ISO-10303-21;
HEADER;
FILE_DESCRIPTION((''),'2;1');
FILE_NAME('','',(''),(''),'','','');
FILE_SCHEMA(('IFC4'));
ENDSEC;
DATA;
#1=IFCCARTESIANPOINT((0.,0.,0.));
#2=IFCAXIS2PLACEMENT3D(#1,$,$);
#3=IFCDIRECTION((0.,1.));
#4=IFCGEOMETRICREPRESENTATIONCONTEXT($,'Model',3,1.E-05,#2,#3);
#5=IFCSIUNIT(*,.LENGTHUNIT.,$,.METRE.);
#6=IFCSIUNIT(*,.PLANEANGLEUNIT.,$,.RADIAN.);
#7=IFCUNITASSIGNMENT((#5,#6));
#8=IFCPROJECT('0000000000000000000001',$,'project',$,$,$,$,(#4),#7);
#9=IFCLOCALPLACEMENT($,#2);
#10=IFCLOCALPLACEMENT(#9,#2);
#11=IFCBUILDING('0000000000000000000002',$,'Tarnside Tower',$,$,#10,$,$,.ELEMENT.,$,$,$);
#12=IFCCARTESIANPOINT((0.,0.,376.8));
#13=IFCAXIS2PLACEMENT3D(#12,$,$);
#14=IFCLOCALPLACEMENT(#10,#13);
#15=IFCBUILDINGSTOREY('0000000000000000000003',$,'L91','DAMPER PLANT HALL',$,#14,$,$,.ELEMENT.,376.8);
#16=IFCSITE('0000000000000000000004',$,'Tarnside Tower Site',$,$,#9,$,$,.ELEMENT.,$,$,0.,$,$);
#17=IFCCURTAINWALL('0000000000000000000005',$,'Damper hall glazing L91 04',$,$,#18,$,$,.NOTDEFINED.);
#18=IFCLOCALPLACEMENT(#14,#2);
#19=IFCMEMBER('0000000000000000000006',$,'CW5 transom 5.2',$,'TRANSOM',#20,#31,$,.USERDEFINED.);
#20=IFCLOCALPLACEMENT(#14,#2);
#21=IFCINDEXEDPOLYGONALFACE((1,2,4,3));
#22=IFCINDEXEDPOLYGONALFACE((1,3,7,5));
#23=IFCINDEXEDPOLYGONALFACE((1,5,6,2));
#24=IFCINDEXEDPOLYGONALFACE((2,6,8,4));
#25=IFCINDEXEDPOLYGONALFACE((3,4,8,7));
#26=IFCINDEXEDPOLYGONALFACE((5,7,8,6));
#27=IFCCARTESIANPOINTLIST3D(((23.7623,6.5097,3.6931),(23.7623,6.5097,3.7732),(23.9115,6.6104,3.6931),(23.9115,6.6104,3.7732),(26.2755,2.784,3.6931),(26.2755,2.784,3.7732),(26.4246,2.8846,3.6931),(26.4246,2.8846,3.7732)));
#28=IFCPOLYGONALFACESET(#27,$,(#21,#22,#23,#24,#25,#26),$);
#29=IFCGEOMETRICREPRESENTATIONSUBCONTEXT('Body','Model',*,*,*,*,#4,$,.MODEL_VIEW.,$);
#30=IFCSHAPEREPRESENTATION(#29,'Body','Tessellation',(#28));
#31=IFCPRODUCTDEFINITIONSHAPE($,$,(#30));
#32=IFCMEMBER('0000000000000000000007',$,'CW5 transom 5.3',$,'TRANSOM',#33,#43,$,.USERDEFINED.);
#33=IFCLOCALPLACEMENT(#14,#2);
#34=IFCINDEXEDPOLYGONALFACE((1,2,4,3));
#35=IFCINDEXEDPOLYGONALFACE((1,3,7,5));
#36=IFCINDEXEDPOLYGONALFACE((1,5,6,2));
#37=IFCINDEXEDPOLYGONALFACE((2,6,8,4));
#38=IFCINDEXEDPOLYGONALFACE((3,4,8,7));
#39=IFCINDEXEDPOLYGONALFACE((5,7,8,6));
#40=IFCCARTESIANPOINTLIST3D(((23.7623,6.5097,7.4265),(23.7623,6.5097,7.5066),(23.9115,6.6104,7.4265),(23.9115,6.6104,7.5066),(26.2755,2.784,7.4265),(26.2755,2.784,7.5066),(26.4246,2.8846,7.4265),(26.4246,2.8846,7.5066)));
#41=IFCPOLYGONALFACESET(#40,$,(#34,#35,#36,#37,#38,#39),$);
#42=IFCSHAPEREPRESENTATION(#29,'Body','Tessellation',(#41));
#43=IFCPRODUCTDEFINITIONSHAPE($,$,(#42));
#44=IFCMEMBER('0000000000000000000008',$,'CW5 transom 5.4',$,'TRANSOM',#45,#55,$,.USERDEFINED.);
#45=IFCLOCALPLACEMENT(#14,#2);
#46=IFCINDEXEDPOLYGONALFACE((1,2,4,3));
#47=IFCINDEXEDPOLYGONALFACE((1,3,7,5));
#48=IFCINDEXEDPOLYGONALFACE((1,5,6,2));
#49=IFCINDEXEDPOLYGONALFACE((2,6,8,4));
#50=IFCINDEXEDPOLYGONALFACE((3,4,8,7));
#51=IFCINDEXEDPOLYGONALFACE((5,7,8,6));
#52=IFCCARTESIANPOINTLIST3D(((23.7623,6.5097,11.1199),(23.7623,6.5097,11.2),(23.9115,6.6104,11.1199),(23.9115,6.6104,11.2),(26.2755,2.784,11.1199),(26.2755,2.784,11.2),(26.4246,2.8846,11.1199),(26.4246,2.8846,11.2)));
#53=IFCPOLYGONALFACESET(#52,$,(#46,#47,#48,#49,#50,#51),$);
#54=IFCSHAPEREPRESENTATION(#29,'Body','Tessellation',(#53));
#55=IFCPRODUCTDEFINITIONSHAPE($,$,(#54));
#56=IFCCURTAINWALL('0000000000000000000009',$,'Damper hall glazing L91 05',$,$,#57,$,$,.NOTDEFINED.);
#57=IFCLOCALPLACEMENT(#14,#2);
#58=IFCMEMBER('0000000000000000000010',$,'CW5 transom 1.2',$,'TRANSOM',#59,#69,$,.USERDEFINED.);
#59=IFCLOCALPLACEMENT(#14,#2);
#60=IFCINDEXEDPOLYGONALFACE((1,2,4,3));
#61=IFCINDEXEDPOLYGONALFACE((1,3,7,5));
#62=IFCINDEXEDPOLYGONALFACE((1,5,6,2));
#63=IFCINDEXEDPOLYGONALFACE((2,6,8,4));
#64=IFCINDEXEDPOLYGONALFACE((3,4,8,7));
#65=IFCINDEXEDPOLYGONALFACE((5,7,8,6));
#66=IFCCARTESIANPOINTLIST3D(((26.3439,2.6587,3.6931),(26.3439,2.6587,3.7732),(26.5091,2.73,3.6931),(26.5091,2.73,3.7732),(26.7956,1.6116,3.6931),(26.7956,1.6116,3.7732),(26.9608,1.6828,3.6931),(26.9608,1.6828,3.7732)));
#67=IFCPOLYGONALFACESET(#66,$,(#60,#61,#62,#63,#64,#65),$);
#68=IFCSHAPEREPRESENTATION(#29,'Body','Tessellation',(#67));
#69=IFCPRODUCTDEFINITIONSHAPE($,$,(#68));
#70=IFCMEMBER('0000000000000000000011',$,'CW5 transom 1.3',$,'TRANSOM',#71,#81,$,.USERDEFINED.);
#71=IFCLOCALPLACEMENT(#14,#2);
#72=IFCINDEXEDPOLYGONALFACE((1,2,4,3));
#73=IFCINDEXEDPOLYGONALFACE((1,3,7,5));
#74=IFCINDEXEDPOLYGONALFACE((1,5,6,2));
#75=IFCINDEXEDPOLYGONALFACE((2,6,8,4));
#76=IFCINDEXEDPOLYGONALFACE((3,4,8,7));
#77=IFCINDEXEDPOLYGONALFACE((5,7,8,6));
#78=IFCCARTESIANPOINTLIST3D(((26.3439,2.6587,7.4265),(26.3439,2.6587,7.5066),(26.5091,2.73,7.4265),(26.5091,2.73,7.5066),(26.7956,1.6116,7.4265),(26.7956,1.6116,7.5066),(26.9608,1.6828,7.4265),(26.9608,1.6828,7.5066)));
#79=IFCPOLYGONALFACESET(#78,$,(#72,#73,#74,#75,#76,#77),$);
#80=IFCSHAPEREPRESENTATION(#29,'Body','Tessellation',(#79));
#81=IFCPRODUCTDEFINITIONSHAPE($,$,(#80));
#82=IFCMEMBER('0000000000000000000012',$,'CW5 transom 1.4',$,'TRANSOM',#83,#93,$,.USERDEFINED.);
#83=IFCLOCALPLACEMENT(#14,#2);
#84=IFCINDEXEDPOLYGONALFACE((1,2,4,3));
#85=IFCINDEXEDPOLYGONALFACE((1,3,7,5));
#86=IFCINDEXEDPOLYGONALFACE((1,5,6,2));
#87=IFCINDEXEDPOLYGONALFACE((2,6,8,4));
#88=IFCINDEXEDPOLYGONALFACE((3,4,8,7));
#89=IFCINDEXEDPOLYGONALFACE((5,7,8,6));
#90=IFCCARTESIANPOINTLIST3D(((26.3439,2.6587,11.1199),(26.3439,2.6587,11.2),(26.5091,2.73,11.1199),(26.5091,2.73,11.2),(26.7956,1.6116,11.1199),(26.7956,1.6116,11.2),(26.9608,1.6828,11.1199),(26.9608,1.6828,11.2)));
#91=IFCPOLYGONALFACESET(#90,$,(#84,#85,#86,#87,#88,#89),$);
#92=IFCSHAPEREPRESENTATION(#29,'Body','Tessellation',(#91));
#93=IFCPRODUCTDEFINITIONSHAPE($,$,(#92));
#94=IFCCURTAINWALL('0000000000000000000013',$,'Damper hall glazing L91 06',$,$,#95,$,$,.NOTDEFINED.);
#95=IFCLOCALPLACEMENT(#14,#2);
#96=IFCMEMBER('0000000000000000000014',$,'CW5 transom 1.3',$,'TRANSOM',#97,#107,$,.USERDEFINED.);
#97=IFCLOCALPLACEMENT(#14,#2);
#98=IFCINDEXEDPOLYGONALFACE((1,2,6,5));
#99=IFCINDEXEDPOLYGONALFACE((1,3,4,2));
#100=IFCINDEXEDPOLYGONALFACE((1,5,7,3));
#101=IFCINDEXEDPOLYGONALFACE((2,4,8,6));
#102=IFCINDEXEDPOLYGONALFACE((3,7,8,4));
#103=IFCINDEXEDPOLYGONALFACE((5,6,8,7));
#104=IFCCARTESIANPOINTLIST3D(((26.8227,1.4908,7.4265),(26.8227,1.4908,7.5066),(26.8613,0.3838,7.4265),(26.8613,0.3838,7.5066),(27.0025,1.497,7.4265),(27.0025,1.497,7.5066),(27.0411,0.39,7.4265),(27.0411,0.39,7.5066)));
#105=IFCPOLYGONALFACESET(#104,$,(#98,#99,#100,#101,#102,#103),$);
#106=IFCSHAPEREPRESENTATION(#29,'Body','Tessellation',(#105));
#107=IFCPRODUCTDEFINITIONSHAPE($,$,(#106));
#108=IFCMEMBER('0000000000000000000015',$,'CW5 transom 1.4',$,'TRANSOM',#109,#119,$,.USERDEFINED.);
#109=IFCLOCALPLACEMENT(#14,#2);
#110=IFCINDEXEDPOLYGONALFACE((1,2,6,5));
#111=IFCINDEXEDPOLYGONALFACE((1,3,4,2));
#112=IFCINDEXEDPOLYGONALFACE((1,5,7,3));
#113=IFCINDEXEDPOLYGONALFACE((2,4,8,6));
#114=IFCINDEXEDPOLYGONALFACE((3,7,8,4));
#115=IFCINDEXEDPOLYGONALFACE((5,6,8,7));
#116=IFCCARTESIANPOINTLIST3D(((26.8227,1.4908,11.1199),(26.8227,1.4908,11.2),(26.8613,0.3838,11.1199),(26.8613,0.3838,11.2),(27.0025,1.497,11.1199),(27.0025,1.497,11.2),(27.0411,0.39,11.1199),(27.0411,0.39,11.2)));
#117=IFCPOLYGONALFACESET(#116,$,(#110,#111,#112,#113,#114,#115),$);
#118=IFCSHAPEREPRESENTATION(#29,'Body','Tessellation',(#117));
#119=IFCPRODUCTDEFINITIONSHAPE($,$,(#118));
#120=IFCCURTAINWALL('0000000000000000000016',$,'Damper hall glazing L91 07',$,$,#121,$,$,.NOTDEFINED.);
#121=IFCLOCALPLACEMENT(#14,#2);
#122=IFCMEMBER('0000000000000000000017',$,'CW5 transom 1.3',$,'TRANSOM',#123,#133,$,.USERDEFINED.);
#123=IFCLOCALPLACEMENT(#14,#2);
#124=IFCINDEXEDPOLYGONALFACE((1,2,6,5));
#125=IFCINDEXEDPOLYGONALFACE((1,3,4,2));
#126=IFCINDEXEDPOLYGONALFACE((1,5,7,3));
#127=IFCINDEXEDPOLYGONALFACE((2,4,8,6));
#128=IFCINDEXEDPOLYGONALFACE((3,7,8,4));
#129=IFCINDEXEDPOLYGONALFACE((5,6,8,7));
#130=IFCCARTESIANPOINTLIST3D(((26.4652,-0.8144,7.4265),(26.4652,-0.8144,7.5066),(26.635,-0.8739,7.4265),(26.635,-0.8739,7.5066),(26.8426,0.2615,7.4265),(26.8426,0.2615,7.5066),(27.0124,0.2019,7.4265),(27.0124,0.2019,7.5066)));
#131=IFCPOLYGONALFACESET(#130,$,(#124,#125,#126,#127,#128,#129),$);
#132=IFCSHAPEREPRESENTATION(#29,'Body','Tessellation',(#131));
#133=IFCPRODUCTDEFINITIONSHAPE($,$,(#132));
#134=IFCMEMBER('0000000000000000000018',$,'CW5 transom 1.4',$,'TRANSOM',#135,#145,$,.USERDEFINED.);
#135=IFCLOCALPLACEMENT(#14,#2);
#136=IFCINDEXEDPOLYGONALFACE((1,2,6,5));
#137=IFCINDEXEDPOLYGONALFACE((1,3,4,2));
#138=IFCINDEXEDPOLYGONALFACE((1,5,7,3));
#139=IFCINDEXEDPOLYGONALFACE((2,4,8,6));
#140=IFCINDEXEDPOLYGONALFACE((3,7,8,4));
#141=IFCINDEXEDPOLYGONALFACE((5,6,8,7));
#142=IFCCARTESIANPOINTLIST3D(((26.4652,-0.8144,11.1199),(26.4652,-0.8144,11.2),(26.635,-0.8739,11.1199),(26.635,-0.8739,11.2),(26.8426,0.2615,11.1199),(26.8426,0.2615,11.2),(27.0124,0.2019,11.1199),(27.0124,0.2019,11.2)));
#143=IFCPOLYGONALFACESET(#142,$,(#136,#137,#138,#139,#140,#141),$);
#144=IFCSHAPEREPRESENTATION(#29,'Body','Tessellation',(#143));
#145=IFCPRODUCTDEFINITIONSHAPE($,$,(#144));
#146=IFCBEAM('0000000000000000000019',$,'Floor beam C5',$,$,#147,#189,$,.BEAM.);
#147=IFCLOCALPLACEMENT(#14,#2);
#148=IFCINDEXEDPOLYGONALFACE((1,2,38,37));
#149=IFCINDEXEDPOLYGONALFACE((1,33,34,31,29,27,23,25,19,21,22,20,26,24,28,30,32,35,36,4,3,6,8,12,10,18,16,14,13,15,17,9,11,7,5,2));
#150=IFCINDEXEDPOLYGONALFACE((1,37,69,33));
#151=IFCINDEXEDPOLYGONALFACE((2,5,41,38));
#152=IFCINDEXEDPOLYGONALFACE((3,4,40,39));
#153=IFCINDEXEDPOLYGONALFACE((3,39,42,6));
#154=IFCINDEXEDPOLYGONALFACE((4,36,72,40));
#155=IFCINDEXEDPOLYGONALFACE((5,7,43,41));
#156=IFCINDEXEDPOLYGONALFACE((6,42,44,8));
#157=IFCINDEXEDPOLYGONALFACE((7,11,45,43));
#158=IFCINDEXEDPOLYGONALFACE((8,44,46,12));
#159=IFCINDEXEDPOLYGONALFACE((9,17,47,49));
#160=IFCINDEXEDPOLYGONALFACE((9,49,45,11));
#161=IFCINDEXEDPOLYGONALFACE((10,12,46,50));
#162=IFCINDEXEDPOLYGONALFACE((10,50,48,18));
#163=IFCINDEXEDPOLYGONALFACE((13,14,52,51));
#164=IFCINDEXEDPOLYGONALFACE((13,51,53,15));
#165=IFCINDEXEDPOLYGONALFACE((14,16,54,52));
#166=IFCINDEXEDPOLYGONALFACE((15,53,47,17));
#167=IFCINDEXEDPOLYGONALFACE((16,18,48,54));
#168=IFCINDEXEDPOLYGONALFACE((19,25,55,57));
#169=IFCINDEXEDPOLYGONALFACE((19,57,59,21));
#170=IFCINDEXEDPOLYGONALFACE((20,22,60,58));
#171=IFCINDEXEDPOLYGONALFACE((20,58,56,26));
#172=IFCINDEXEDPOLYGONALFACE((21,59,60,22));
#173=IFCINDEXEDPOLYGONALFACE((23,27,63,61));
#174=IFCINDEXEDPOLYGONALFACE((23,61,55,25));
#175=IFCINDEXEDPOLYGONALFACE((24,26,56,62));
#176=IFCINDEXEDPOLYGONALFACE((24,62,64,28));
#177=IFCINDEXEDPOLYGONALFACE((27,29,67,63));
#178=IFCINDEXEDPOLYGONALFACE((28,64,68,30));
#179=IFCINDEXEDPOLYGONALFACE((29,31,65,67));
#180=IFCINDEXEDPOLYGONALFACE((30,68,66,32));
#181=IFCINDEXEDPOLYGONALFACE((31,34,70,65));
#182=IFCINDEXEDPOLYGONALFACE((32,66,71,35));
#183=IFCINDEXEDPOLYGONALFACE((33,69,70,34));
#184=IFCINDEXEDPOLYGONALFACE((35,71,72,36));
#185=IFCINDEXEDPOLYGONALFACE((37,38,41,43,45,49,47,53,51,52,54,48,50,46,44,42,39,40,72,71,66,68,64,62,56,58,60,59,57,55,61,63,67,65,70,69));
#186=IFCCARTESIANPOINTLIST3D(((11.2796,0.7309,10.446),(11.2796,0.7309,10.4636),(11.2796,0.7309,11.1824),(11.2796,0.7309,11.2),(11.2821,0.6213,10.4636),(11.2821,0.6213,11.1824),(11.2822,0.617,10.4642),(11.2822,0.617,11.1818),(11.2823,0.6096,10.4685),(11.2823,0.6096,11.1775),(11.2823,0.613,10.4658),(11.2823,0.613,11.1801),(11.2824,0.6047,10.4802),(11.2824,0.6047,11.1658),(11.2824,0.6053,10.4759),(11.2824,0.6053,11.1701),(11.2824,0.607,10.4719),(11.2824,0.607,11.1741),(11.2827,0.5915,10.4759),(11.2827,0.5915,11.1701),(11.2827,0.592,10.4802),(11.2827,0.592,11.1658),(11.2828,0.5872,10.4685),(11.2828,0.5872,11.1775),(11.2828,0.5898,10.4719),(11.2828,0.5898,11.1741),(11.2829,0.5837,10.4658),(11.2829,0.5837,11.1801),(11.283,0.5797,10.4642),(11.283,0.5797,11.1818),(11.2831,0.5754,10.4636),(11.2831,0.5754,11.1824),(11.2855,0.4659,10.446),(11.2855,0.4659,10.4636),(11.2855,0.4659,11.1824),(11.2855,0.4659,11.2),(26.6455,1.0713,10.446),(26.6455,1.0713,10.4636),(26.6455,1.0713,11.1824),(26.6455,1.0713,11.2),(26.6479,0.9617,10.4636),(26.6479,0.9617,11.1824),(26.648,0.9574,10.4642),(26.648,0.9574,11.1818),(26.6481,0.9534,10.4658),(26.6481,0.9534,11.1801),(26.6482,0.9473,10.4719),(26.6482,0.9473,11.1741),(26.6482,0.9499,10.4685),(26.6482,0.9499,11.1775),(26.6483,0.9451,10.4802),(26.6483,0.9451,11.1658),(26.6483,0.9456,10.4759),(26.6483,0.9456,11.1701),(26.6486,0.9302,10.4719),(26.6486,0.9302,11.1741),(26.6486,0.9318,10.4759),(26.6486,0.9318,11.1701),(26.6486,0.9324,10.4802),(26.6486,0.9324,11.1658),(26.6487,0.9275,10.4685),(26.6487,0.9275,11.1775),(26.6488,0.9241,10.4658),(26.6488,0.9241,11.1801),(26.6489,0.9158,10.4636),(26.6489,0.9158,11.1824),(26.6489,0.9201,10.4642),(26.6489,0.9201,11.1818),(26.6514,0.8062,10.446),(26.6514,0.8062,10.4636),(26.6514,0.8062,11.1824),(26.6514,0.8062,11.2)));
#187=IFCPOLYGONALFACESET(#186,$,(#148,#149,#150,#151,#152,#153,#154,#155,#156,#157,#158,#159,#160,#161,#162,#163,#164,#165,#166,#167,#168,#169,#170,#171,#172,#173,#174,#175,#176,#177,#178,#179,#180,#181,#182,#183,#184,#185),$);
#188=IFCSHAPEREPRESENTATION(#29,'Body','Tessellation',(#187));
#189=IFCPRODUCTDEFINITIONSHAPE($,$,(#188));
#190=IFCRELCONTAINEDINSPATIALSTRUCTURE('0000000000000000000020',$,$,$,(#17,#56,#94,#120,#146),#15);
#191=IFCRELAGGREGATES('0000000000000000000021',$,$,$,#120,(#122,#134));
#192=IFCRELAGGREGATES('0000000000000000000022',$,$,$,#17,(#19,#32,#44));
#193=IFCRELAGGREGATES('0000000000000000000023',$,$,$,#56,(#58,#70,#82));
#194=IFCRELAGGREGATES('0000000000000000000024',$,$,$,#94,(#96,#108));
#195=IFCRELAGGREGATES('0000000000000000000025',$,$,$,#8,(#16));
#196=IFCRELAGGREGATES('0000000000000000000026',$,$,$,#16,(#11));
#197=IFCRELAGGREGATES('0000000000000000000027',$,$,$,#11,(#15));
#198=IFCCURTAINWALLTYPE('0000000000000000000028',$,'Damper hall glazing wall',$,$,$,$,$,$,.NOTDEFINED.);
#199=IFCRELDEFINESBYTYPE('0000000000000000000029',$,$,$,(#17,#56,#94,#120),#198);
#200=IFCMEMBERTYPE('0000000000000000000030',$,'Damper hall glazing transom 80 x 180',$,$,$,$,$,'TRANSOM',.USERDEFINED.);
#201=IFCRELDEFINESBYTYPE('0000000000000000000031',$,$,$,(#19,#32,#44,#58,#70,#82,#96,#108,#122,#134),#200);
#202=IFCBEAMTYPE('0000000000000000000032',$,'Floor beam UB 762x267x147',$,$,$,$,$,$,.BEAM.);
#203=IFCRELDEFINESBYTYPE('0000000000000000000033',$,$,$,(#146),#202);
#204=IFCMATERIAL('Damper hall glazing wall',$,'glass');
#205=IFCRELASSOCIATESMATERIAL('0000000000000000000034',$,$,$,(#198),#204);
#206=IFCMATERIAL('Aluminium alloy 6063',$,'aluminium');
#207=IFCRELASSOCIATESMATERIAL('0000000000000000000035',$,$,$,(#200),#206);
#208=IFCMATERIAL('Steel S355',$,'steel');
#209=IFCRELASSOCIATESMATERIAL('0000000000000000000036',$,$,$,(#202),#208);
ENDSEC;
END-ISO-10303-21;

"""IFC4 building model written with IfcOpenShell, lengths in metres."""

from ifc_helpers import new_model, si_unit, direction, frame, origin, origin_2d, place, context, subcontext, project, spatial, rectangle, i_section, extrude, material, material_profile, profile_set, type_object, element, aggregate, save


model = new_model("IFC4")

# Units and contexts
model_context = context("Model", 3, precision=1e-05, world=origin(), true_north=direction((0.0, 1.0)))
body_context = subcontext(model_context, "Body", "Model", "MODEL_VIEW")
ifc_project = project(units=[si_unit("LENGTHUNIT", "METRE"), si_unit("PLANEANGLEUNIT", "RADIAN")], contexts=[model_context])

# Site, building, storey
site_placement = place(None, origin())
site = spatial("IfcSite", under=ifc_project, at=site_placement, Name="Tarnside Tower Site", CompositionType="ELEMENT", RefElevation=0.0)
building_placement = place(site_placement, origin())
building = spatial("IfcBuilding", under=site, at=building_placement, Name="Tarnside Tower", CompositionType="ELEMENT")
storey_placement = place(building_placement, frame((0.0, 0.0, 376.8)))
storey = spatial("IfcBuildingStorey", under=building, at=storey_placement, Name="L91", Description="DAMPER PLANT HALL", CompositionType="ELEMENT", Elevation=376.8)

# Curtain walls, members
ifc_material_1 = material(Name="Damper hall glazing wall", Category="glass")
curtain_wall_type = type_object("IfcCurtainWallType", Name="Damper hall glazing wall", PredefinedType="NOTDEFINED", material=ifc_material_1)
curtain_wall_1_placement = place(storey_placement, origin())
curtain_wall_1 = element("IfcCurtainWall", 1, at=curtain_wall_1_placement, inside=storey, type_object=curtain_wall_type, Name="Damper hall glazing L91 04", PredefinedType="NOTDEFINED")
ifc_material_2 = material(Name="Aluminium alloy 6063", Category="aluminium")
ifc_material_profile_1 = material_profile(ifc_material_2, rectangle(XDim=0.1799, YDim=0.0801, at=origin_2d()), Name="Damper hall glazing transom 80 x 180")
ifc_profile_set_1 = profile_set([ifc_material_profile_1], Name="Aluminium alloy 6063")
member_type = type_object("IfcMemberType", Name="Damper hall glazing transom 80 x 180", ElementType="TRANSOM", PredefinedType="USERDEFINED", material=ifc_profile_set_1)
member_1_placement = place(storey_placement, frame((23.8369, 6.5601, 3.7332), z_axis=(0.559205, -0.829029, 0.0), x_axis=(0.829029, 0.559205, 0.0)))
member_1 = element("IfcMember", 2, at=member_1_placement, type_object=member_type, Name="CW5 transom 5.2", ObjectType="TRANSOM", PredefinedType="USERDEFINED", context=body_context, shape_type="SweptSolid", body=[
    extrude(rectangle(XDim=0.1799, YDim=0.0801, at=origin_2d()), origin(), (0.0, 0.0, 1.0), 4.4941),
])
member_2_placement = place(storey_placement, frame((23.8369, 6.5601, 7.4666), z_axis=(0.559205, -0.829029, 0.0), x_axis=(0.829029, 0.559205, 0.0)))
member_2 = element("IfcMember", 3, at=member_2_placement, type_object=member_type, Name="CW5 transom 5.3", ObjectType="TRANSOM", PredefinedType="USERDEFINED", context=body_context, shape_type="SweptSolid", body=[
    extrude(rectangle(XDim=0.1799, YDim=0.0801, at=origin_2d()), origin(), (0.0, 0.0, 1.0), 4.4941),
])
member_3_placement = place(storey_placement, frame((23.8369, 6.5601, 11.1599), z_axis=(0.559205, -0.829029, 0.0), x_axis=(0.829029, 0.559205, 0.0)))
member_3 = element("IfcMember", 4, at=member_3_placement, type_object=member_type, Name="CW5 transom 5.4", ObjectType="TRANSOM", PredefinedType="USERDEFINED", context=body_context, shape_type="SweptSolid", body=[
    extrude(rectangle(XDim=0.1799, YDim=0.0801, at=origin_2d()), origin(), (0.0, 0.0, 1.0), 4.4941),
])
curtain_wall_2_placement = place(storey_placement, origin())
curtain_wall_2 = element("IfcCurtainWall", 5, at=curtain_wall_2_placement, inside=storey, type_object=curtain_wall_type, Name="Damper hall glazing L91 05", PredefinedType="NOTDEFINED")
member_4_placement = place(storey_placement, frame((26.4265, 2.6943, 3.7332), z_axis=(0.396063, -0.918223, 0.0), x_axis=(0.918223, 0.396063, 0.0)))
member_4 = element("IfcMember", 6, at=member_4_placement, type_object=member_type, Name="CW5 transom 1.2", ObjectType="TRANSOM", PredefinedType="USERDEFINED", context=body_context, shape_type="SweptSolid", body=[
    extrude(rectangle(XDim=0.1799, YDim=0.0801, at=origin_2d()), origin(), (0.0, 0.0, 1.0), 1.1404),
])
member_5_placement = place(storey_placement, frame((26.4265, 2.6943, 7.4666), z_axis=(0.396063, -0.918223, 0.0), x_axis=(0.918223, 0.396063, 0.0)))
member_5 = element("IfcMember", 7, at=member_5_placement, type_object=member_type, Name="CW5 transom 1.3", ObjectType="TRANSOM", PredefinedType="USERDEFINED", context=body_context, shape_type="SweptSolid", body=[
    extrude(rectangle(XDim=0.1799, YDim=0.0801, at=origin_2d()), origin(), (0.0, 0.0, 1.0), 1.1404),
])
member_6_placement = place(storey_placement, frame((26.4265, 2.6943, 11.1599), z_axis=(0.396063, -0.918223, 0.0), x_axis=(0.918223, 0.396063, 0.0)))
member_6 = element("IfcMember", 8, at=member_6_placement, type_object=member_type, Name="CW5 transom 1.4", ObjectType="TRANSOM", PredefinedType="USERDEFINED", context=body_context, shape_type="SweptSolid", body=[
    extrude(rectangle(XDim=0.1799, YDim=0.0801, at=origin_2d()), origin(), (0.0, 0.0, 1.0), 1.1404),
])
curtain_wall_3_placement = place(storey_placement, origin())
curtain_wall_3 = element("IfcCurtainWall", 9, at=curtain_wall_3_placement, inside=storey, type_object=curtain_wall_type, Name="Damper hall glazing L91 06", PredefinedType="NOTDEFINED")
member_7_placement = place(storey_placement, frame((26.9126, 1.4939, 7.4666), z_axis=(0.034827, -0.999393, 0.0), x_axis=(0.999393, 0.034827, 0.0)))
member_7 = element("IfcMember", 10, at=member_7_placement, type_object=member_type, Name="CW5 transom 1.3", ObjectType="TRANSOM", PredefinedType="USERDEFINED", context=body_context, shape_type="SweptSolid", body=[
    extrude(rectangle(XDim=0.1799, YDim=0.0801, at=origin_2d()), origin(), (0.0, 0.0, 1.0), 1.1077),
])
member_8_placement = place(storey_placement, frame((26.9126, 1.4939, 11.1599), z_axis=(0.034827, -0.999393, 0.0), x_axis=(0.999393, 0.034827, 0.0)))
member_8 = element("IfcMember", 11, at=member_8_placement, type_object=member_type, Name="CW5 transom 1.4", ObjectType="TRANSOM", PredefinedType="USERDEFINED", context=body_context, shape_type="SweptSolid", body=[
    extrude(rectangle(XDim=0.1799, YDim=0.0801, at=origin_2d()), origin(), (0.0, 0.0, 1.0), 1.1077),
])
curtain_wall_4_placement = place(storey_placement, origin())
curtain_wall_4 = element("IfcCurtainWall", 12, at=curtain_wall_4_placement, inside=storey, type_object=curtain_wall_type, Name="Damper hall glazing L91 07", PredefinedType="NOTDEFINED")
member_9_placement = place(storey_placement, frame((26.9275, 0.2317, 7.4666), z_axis=(-0.331028, -0.943621, 0.0), x_axis=(0.943621, -0.331028, 0.0)))
member_9 = element("IfcMember", 13, at=member_9_placement, type_object=member_type, Name="CW5 transom 1.3", ObjectType="TRANSOM", PredefinedType="USERDEFINED", context=body_context, shape_type="SweptSolid", body=[
    extrude(rectangle(XDim=0.1799, YDim=0.0801, at=origin_2d()), origin(), (0.0, 0.0, 1.0), 1.1401),
])
member_10_placement = place(storey_placement, frame((26.9275, 0.2317, 11.1599), z_axis=(-0.331028, -0.943621, 0.0), x_axis=(0.943621, -0.331028, 0.0)))
member_10 = element("IfcMember", 14, at=member_10_placement, type_object=member_type, Name="CW5 transom 1.4", ObjectType="TRANSOM", PredefinedType="USERDEFINED", context=body_context, shape_type="SweptSolid", body=[
    extrude(rectangle(XDim=0.1799, YDim=0.0801, at=origin_2d()), origin(), (0.0, 0.0, 1.0), 1.1401),
])
aggregate(curtain_wall_4, [member_9, member_10])

# Beam
ifc_material_3 = material(Name="Steel S355", Category="steel")
ifc_material_profile_2 = material_profile(ifc_material_3, i_section(OverallWidth=0.2651, OverallDepth=0.7539, WebThickness=0.0127, FlangeThickness=0.0176, FilletRadius=0.0166, at=origin_2d()), Name="UB 762x267x147")
ifc_profile_set_2 = profile_set([ifc_material_profile_2], Name="Steel S355")
beam_type_1 = type_object("IfcBeamType", Name="Floor beam UB 762x267x147", PredefinedType="BEAM", material=ifc_profile_set_2)
beam_1_placement = place(storey_placement, frame((26.6484, 0.9387, 10.823), z_axis=(-0.999755, -0.022143, 0.0), x_axis=(0.022143, -0.999755, 0.0)))
element("IfcBeam", 15, at=beam_1_placement, inside=storey, type_object=beam_type_1, Name="Floor beam C5", PredefinedType="BEAM", context=body_context, shape_type="SweptSolid", body=[
    extrude(i_section(OverallWidth=0.2651, OverallDepth=0.7539, WebThickness=0.0127, FlangeThickness=0.0176, FilletRadius=0.0166, at=origin_2d()), origin(), (0.0, 0.0, 1.0), 15.3696),
])

aggregate(curtain_wall_1, [member_1, member_2, member_3])
aggregate(curtain_wall_2, [member_4, member_5, member_6])
aggregate(curtain_wall_3, [member_7, member_8])

save(model, "model.ifc")
